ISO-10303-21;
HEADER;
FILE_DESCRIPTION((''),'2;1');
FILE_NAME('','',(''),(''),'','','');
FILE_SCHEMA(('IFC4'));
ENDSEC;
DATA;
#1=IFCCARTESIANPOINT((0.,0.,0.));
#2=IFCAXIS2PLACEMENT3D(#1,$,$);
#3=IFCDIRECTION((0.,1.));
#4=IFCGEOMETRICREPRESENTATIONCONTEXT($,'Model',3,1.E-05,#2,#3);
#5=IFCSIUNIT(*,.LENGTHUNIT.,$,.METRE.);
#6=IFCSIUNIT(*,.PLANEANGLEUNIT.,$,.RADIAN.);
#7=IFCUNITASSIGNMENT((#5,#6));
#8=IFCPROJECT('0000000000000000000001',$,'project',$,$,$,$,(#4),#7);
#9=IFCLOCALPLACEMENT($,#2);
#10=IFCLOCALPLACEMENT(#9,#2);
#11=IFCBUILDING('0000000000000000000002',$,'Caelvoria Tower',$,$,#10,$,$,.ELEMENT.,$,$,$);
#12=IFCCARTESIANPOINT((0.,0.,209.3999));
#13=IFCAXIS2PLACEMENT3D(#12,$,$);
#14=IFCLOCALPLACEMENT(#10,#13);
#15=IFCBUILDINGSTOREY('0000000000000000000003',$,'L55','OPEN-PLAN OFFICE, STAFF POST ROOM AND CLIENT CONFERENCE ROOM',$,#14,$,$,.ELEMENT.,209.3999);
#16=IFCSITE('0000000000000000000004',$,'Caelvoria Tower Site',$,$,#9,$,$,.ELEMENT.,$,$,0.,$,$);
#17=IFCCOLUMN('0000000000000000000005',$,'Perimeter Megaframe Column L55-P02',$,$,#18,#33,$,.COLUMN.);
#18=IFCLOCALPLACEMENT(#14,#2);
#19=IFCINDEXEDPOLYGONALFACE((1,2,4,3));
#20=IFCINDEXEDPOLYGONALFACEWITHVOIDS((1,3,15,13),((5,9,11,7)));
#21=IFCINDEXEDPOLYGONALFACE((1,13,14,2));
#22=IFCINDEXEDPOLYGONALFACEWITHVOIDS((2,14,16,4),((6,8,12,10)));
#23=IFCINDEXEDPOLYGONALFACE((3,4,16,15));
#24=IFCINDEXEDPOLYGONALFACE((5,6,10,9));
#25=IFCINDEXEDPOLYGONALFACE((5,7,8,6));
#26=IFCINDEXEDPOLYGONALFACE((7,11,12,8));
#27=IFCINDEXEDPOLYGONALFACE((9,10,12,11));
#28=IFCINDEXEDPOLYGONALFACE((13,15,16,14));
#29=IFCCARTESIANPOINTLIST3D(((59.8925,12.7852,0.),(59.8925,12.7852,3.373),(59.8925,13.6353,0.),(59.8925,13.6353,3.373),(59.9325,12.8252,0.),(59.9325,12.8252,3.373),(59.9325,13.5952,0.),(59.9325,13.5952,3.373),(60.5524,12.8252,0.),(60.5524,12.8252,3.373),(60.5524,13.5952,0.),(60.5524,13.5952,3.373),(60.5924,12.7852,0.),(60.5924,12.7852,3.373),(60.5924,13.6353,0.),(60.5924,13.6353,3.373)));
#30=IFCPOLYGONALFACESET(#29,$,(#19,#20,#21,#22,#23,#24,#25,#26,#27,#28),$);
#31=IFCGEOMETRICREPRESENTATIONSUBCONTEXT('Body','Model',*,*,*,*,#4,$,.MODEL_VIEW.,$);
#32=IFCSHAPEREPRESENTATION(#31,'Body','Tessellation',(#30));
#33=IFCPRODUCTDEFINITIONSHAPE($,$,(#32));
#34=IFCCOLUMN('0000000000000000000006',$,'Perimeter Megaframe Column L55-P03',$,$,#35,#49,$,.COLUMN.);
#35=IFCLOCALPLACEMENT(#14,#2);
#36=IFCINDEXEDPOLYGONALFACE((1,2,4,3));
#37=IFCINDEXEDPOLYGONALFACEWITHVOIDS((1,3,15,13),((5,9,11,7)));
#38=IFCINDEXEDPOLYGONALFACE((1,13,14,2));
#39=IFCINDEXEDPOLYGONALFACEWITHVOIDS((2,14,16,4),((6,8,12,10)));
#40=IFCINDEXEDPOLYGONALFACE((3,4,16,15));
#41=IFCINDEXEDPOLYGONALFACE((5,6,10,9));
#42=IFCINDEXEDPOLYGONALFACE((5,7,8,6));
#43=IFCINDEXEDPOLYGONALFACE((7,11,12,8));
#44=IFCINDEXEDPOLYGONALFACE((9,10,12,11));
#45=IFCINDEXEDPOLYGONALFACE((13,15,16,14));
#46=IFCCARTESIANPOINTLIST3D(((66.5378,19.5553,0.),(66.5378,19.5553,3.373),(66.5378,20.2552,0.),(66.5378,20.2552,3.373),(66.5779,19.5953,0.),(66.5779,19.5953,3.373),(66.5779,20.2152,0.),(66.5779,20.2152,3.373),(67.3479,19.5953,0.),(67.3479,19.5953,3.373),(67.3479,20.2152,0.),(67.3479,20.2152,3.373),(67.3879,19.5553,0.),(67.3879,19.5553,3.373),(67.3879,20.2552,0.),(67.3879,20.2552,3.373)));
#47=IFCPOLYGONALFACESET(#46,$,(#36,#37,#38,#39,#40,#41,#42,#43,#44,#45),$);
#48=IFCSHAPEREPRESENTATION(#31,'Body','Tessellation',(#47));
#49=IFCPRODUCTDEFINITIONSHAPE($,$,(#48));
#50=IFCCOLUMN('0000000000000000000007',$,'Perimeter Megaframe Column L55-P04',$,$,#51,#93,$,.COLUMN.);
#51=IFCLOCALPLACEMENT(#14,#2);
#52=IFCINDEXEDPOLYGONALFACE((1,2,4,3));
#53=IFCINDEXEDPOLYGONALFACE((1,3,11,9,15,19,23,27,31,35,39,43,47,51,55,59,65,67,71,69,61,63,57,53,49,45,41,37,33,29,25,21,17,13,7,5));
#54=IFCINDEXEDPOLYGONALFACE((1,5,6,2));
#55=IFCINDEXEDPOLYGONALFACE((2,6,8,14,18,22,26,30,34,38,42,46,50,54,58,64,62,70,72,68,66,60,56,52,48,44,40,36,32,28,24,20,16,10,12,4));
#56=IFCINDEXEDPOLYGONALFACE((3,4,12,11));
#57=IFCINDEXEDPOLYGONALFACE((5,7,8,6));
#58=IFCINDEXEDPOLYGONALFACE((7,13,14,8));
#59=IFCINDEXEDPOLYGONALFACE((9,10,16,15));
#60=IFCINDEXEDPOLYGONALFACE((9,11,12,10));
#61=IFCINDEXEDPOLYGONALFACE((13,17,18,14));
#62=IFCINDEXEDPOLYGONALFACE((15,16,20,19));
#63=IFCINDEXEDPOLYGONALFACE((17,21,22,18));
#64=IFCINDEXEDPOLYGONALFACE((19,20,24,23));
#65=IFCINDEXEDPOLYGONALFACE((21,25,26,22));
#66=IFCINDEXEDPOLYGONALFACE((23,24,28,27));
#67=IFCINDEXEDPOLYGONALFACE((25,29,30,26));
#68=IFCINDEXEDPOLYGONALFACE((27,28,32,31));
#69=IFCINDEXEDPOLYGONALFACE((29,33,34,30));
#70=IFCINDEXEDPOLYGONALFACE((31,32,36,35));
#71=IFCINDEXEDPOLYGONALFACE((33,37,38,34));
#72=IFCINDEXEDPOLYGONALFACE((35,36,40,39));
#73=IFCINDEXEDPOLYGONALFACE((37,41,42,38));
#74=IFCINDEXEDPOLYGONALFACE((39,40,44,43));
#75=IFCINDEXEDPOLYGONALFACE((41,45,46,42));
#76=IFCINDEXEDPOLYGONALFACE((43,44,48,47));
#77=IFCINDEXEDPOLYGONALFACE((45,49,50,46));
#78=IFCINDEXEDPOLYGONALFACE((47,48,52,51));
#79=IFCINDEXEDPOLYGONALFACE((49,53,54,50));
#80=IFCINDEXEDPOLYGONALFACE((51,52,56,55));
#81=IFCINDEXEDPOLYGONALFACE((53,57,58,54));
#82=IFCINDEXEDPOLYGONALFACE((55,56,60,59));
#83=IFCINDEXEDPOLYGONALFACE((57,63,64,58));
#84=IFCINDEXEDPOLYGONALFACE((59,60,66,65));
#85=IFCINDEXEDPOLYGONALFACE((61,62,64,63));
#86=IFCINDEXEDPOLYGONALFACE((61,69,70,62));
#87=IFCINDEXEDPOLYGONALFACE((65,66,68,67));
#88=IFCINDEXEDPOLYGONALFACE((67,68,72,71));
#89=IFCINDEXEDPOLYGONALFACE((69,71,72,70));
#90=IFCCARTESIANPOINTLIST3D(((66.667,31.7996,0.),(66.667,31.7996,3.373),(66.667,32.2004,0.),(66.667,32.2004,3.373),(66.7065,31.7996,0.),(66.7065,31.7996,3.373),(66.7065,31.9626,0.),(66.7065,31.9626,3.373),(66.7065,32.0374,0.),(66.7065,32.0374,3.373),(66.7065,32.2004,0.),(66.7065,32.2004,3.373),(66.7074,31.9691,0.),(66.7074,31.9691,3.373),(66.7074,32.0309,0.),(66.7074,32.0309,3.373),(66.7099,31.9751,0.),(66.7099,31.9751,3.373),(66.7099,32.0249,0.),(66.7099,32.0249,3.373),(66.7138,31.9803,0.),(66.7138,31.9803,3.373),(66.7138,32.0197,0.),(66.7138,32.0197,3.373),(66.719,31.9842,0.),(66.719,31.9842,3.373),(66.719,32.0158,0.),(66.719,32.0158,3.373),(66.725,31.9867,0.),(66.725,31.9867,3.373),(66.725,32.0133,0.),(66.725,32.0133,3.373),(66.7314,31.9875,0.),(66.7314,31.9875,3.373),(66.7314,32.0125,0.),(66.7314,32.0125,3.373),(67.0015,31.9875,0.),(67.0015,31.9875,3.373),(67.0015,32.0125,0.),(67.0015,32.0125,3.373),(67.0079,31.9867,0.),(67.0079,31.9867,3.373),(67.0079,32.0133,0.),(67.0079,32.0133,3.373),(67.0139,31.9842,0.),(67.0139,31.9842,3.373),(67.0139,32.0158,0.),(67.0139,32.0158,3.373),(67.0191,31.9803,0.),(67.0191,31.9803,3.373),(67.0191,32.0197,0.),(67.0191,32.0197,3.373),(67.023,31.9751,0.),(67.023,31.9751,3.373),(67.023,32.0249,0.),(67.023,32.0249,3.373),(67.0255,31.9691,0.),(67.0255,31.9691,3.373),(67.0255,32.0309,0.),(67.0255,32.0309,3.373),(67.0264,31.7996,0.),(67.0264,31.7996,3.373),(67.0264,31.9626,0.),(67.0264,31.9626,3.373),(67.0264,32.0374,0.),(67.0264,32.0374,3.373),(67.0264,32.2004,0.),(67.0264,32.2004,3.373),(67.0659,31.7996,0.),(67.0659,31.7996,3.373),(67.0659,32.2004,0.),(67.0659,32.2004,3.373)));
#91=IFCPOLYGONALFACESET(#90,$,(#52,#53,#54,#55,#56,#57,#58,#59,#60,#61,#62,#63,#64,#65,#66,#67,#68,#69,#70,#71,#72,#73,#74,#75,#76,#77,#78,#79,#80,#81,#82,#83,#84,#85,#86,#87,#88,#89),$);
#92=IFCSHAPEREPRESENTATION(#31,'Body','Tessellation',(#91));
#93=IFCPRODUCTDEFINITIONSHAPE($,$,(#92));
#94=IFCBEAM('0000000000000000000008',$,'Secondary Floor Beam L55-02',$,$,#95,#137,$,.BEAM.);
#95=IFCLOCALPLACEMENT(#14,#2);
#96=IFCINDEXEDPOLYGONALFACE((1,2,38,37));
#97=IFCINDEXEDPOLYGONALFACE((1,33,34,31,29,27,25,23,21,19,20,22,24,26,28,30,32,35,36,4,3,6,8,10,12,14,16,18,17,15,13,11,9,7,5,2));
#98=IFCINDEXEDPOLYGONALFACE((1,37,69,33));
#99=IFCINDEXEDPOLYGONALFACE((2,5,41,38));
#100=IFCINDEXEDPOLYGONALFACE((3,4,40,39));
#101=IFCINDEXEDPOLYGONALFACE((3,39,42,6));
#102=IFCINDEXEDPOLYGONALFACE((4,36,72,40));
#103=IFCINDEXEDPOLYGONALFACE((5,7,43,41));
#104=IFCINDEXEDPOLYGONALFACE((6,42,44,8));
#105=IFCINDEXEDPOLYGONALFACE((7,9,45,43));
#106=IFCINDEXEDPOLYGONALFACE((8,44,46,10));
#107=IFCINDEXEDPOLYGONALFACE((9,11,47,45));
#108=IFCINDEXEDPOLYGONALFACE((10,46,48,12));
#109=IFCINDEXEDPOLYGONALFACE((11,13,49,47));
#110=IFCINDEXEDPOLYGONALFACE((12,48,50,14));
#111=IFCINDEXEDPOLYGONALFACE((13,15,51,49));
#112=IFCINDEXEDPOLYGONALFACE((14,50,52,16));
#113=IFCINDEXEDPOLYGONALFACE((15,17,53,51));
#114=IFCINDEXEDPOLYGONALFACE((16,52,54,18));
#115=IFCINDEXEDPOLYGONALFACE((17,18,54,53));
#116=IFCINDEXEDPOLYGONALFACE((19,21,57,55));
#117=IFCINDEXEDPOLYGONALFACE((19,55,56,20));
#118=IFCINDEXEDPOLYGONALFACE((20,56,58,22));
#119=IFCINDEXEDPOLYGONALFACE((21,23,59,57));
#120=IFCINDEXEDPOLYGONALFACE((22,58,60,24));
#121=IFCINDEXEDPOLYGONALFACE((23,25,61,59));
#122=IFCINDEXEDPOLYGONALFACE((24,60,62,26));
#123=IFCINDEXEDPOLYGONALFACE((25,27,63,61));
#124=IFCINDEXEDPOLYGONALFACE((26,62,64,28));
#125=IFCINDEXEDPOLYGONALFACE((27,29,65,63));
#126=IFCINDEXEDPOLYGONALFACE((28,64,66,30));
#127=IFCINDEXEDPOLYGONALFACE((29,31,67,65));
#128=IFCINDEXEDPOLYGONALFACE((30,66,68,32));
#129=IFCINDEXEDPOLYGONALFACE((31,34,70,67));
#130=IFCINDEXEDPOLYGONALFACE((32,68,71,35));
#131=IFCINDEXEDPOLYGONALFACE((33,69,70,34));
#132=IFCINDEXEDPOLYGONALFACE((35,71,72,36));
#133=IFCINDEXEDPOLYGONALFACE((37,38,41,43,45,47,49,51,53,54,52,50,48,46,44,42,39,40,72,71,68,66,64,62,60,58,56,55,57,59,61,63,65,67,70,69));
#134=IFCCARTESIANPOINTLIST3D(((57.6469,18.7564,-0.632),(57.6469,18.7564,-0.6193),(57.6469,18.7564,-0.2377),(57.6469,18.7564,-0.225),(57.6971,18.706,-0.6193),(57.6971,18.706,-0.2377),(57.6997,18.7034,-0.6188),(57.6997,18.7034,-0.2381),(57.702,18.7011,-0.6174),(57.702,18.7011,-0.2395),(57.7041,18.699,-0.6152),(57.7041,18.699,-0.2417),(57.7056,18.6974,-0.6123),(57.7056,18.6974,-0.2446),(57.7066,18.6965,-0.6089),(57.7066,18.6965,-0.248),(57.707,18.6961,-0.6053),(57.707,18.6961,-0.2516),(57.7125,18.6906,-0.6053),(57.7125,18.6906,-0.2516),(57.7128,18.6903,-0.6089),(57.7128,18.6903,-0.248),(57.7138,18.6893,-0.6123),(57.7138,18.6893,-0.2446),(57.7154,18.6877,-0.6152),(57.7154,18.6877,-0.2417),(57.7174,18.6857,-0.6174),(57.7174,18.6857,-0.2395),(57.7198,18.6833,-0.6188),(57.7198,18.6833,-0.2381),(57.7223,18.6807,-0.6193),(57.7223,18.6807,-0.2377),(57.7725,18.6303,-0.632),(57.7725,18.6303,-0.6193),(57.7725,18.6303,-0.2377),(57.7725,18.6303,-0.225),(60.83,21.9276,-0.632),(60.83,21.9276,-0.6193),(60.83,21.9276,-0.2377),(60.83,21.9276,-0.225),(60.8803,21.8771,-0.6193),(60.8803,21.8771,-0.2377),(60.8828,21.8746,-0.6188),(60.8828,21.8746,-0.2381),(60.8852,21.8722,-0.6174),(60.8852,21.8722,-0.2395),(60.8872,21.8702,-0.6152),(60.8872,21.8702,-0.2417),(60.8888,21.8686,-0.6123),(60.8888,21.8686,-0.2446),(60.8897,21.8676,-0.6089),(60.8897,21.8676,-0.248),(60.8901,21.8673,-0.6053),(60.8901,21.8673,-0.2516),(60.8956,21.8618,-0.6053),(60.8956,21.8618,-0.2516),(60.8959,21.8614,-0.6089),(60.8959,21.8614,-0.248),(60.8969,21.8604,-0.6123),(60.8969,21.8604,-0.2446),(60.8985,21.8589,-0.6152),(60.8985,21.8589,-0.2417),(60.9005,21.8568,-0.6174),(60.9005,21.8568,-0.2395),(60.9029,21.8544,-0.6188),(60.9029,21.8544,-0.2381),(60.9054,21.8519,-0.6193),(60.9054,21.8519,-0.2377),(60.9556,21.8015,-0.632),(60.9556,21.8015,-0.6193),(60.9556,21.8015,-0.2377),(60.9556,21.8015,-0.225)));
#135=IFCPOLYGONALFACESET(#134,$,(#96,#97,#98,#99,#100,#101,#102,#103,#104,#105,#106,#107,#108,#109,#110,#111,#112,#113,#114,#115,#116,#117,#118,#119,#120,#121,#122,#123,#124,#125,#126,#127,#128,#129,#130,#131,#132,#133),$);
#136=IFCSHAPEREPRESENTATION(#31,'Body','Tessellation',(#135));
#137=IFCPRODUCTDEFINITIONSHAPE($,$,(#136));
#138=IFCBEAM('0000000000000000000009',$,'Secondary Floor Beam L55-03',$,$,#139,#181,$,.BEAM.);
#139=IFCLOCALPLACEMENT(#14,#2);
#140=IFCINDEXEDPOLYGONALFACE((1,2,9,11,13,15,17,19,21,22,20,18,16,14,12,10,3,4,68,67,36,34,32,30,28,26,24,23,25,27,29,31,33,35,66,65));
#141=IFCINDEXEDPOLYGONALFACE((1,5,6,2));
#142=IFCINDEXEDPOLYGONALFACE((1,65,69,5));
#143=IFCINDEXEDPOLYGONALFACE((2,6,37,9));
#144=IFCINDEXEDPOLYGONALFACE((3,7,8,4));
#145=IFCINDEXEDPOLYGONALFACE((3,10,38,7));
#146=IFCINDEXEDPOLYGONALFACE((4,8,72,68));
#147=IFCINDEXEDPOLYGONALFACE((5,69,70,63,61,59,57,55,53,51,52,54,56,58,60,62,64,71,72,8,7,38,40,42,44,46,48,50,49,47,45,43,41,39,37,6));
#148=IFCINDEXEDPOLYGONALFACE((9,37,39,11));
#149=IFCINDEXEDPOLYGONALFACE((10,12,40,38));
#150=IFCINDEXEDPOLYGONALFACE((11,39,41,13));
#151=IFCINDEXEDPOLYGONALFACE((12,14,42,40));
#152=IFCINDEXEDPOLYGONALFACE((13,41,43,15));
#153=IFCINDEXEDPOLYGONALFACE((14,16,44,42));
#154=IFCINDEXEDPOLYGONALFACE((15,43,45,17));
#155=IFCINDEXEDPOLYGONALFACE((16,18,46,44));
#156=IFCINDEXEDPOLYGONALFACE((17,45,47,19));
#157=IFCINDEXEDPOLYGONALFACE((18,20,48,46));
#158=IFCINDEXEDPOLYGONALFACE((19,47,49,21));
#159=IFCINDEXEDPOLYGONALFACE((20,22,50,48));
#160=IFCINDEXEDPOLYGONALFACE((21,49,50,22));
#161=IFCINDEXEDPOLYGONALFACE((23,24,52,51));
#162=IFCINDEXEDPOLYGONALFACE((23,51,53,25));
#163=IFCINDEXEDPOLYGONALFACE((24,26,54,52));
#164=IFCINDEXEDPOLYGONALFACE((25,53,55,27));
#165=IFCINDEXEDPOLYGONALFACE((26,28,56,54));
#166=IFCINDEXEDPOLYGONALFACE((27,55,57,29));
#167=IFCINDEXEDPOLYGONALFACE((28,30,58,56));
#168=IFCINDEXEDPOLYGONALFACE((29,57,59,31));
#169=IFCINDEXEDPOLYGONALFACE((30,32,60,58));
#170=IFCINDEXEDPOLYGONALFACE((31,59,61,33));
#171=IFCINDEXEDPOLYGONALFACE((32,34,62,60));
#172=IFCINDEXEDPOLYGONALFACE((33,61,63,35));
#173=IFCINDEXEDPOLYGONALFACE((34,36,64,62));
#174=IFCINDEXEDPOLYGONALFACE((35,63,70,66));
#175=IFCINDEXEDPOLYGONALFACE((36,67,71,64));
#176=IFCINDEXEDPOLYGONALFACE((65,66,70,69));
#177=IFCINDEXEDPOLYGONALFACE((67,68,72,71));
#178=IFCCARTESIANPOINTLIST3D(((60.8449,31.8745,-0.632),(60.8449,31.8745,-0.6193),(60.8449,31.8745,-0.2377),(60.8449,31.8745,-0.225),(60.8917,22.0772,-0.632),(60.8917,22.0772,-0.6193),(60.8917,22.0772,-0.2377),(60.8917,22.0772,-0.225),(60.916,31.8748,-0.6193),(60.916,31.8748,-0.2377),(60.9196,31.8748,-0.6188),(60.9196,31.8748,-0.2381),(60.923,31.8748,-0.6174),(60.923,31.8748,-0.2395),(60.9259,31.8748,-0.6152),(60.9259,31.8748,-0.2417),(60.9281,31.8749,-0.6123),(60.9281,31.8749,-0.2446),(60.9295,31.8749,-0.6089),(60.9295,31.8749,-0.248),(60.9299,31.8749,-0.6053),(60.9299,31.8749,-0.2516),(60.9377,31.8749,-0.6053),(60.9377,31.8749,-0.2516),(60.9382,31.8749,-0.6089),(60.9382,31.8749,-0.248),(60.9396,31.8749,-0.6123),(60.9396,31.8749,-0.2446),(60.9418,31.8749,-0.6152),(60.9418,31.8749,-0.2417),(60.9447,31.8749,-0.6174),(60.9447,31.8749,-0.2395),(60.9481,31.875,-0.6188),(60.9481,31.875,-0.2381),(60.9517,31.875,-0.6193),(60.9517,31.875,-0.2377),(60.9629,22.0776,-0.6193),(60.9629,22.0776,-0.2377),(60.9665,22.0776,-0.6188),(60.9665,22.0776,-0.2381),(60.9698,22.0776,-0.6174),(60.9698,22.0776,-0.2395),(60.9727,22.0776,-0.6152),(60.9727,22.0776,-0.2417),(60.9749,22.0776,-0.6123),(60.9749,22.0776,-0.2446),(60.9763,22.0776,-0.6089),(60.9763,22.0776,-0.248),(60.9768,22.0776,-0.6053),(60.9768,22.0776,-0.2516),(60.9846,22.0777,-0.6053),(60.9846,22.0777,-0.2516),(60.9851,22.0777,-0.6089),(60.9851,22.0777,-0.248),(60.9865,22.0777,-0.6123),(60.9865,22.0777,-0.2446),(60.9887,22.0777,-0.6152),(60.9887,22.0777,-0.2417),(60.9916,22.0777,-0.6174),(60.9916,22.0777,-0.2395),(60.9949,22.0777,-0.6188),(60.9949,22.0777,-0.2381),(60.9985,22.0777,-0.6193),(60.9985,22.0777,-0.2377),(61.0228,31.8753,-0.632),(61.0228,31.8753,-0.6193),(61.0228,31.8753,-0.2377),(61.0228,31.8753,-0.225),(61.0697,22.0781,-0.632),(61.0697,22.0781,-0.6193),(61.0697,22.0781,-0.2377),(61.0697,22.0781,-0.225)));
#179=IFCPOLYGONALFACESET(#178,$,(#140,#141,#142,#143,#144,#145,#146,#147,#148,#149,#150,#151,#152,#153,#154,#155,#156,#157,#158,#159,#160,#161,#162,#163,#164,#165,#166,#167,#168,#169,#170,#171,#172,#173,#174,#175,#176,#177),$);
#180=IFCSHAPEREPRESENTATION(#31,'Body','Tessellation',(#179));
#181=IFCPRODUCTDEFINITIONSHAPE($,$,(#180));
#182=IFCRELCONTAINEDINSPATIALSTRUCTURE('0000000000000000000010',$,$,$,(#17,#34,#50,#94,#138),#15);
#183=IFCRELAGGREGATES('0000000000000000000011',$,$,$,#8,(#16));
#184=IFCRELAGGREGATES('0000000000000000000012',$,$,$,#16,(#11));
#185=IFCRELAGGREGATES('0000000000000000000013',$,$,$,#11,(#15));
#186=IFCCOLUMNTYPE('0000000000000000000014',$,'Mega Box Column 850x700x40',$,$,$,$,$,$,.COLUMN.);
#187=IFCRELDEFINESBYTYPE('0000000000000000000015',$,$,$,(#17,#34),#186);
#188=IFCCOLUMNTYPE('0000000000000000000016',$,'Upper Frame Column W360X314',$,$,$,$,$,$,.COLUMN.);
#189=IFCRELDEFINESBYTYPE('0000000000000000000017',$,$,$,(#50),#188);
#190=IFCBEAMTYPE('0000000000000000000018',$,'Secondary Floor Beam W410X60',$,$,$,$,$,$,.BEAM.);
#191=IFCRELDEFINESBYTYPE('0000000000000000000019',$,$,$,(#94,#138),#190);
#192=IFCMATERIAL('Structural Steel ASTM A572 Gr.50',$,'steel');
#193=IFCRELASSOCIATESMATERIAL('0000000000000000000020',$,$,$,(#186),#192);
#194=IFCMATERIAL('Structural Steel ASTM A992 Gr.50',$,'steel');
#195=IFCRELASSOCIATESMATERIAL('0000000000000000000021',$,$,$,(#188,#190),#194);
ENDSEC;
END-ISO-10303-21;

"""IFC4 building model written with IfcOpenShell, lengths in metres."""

from ifc_helpers import new_model, si_unit, direction, frame, origin, origin_2d, place, context, subcontext, project, spatial, hollow_rectangle, i_section, extrude, material, material_profile, profile_set, type_object, element, save


model = new_model("IFC4")

# Units and contexts
model_context = context("Model", 3, precision=1e-05, world=origin(), true_north=direction((0.0, 1.0)))
body_context = subcontext(model_context, "Body", "Model", "MODEL_VIEW")
ifc_project = project(units=[si_unit("LENGTHUNIT", "METRE"), si_unit("PLANEANGLEUNIT", "RADIAN")], contexts=[model_context])

# Site, building, storey
site_placement = place(None, origin())
site = spatial("IfcSite", under=ifc_project, at=site_placement, Name="Caelvoria Tower Site", CompositionType="ELEMENT", RefElevation=0.0)
building_placement = place(site_placement, origin())
building = spatial("IfcBuilding", under=site, at=building_placement, Name="Caelvoria Tower", CompositionType="ELEMENT")
storey_placement = place(building_placement, frame((0.0, 0.0, 209.3999)))
storey = spatial("IfcBuildingStorey", under=building, at=storey_placement, Name="L55", Description="OPEN-PLAN OFFICE, STAFF POST ROOM AND CLIENT CONFERENCE ROOM", CompositionType="ELEMENT", Elevation=209.3999)

# Columns
ifc_material_1 = material(Name="Structural Steel ASTM A572 Gr.50", Category="steel")
ifc_material_profile_1 = material_profile(ifc_material_1, hollow_rectangle(XDim=0.7, YDim=0.8501, WallThickness=0.04, at=origin_2d()), Name="Structural Steel ASTM A572 Gr.50")
ifc_profile_set_1 = profile_set([ifc_material_profile_1], Name="BOX850X700X40 - Structural Steel ASTM A572 Gr.50")
column_type_1 = type_object("IfcColumnType", Name="Mega Box Column 850x700x40", PredefinedType="COLUMN", material=ifc_profile_set_1)
for number, where, z_axis, x_axis, name in (
    (1, (60.2424, 13.2102, 0.0), (0.0, 0.0, 1.0), (1.0, 0.0, 0.0), "Perimeter Megaframe Column L55-P02"),
    (2, (66.9629, 19.9053, 0.0), (0.0, 0.0, 1.0), (0.0, 1.0, 0.0), "Perimeter Megaframe Column L55-P03"),
):
    element("IfcColumn", number, at=place(storey_placement, frame(where, z_axis=z_axis, x_axis=x_axis)), inside=storey, type_object=column_type_1, Name=name, PredefinedType="COLUMN", context=body_context, shape_type="SweptSolid", body=[
        extrude(hollow_rectangle(XDim=0.7, YDim=0.8501, WallThickness=0.04, at=origin_2d()), origin(), (0.0, 0.0, 1.0), 3.373),
    ])
ifc_material_2 = material(Name="Structural Steel ASTM A992 Gr.50", Category="steel")
ifc_material_profile_2 = material_profile(ifc_material_2, i_section(OverallWidth=0.4009, OverallDepth=0.3989, WebThickness=0.0249, FlangeThickness=0.0396, FilletRadius=0.0249, at=origin_2d()), Name="Structural Steel ASTM A992 Gr.50")
ifc_profile_set_2 = profile_set([ifc_material_profile_2], Name="W360X314 - Structural Steel ASTM A992 Gr.50")
column_type_2 = type_object("IfcColumnType", Name="Upper Frame Column W360X314", PredefinedType="COLUMN", material=ifc_profile_set_2)
column_placement = place(storey_placement, frame((66.8665, 32.0, 0.0), z_axis=(0.0, 0.0, 1.0), x_axis=(0.0, 1.0, 0.0)))
element("IfcColumn", 3, at=column_placement, inside=storey, type_object=column_type_2, Name="Perimeter Megaframe Column L55-P04", PredefinedType="COLUMN", context=body_context, shape_type="SweptSolid", body=[
    extrude(i_section(OverallWidth=0.4009, OverallDepth=0.3989, WebThickness=0.0249, FlangeThickness=0.0396, FilletRadius=0.0249, at=origin_2d()), origin(), (0.0, 0.0, 1.0), 3.373),
])

# Beams
ifc_material_profile_3 = material_profile(ifc_material_2, i_section(OverallWidth=0.178, OverallDepth=0.407, WebThickness=0.0078, FlangeThickness=0.0127, FilletRadius=0.0139, at=origin_2d()), Name="Structural Steel ASTM A992 Gr.50")
ifc_profile_set_3 = profile_set([ifc_material_profile_3], Name="W410X60 - Structural Steel ASTM A992 Gr.50")
beam_type_1 = type_object("IfcBeamType", Name="Secondary Floor Beam W410X60", PredefinedType="BEAM", material=ifc_profile_set_3)
beam_1_placement = place(storey_placement, frame((57.7097, 18.6934, -0.4285), z_axis=(0.708437, 0.705774, 0.0), x_axis=(-0.705774, 0.708437, 0.0)))
element("IfcBeam", 4, at=beam_1_placement, inside=storey, type_object=beam_type_1, Name="Secondary Floor Beam L55-02", PredefinedType="BEAM", context=body_context, shape_type="SweptSolid", body=[
    extrude(i_section(OverallWidth=0.178, OverallDepth=0.407, WebThickness=0.0078, FlangeThickness=0.0127, FilletRadius=0.0139, at=origin_2d()), origin(), (0.0, 0.0, 1.0), 4.4932),
])
beam_2_placement = place(storey_placement, frame((60.9807, 22.0776, -0.4285), z_axis=(-0.004784, 0.999989, 0.0), x_axis=(-0.999989, -0.004784, 0.0)))
element("IfcBeam", 5, at=beam_2_placement, inside=storey, type_object=beam_type_1, Name="Secondary Floor Beam L55-03", PredefinedType="BEAM", context=body_context, shape_type="SweptSolid", body=[
    extrude(i_section(OverallWidth=0.178, OverallDepth=0.407, WebThickness=0.0078, FlangeThickness=0.0127, FilletRadius=0.0139, at=origin_2d()), origin(), (0.0, 0.0, 1.0), 9.7974),
])

save(model, "model.ifc")
